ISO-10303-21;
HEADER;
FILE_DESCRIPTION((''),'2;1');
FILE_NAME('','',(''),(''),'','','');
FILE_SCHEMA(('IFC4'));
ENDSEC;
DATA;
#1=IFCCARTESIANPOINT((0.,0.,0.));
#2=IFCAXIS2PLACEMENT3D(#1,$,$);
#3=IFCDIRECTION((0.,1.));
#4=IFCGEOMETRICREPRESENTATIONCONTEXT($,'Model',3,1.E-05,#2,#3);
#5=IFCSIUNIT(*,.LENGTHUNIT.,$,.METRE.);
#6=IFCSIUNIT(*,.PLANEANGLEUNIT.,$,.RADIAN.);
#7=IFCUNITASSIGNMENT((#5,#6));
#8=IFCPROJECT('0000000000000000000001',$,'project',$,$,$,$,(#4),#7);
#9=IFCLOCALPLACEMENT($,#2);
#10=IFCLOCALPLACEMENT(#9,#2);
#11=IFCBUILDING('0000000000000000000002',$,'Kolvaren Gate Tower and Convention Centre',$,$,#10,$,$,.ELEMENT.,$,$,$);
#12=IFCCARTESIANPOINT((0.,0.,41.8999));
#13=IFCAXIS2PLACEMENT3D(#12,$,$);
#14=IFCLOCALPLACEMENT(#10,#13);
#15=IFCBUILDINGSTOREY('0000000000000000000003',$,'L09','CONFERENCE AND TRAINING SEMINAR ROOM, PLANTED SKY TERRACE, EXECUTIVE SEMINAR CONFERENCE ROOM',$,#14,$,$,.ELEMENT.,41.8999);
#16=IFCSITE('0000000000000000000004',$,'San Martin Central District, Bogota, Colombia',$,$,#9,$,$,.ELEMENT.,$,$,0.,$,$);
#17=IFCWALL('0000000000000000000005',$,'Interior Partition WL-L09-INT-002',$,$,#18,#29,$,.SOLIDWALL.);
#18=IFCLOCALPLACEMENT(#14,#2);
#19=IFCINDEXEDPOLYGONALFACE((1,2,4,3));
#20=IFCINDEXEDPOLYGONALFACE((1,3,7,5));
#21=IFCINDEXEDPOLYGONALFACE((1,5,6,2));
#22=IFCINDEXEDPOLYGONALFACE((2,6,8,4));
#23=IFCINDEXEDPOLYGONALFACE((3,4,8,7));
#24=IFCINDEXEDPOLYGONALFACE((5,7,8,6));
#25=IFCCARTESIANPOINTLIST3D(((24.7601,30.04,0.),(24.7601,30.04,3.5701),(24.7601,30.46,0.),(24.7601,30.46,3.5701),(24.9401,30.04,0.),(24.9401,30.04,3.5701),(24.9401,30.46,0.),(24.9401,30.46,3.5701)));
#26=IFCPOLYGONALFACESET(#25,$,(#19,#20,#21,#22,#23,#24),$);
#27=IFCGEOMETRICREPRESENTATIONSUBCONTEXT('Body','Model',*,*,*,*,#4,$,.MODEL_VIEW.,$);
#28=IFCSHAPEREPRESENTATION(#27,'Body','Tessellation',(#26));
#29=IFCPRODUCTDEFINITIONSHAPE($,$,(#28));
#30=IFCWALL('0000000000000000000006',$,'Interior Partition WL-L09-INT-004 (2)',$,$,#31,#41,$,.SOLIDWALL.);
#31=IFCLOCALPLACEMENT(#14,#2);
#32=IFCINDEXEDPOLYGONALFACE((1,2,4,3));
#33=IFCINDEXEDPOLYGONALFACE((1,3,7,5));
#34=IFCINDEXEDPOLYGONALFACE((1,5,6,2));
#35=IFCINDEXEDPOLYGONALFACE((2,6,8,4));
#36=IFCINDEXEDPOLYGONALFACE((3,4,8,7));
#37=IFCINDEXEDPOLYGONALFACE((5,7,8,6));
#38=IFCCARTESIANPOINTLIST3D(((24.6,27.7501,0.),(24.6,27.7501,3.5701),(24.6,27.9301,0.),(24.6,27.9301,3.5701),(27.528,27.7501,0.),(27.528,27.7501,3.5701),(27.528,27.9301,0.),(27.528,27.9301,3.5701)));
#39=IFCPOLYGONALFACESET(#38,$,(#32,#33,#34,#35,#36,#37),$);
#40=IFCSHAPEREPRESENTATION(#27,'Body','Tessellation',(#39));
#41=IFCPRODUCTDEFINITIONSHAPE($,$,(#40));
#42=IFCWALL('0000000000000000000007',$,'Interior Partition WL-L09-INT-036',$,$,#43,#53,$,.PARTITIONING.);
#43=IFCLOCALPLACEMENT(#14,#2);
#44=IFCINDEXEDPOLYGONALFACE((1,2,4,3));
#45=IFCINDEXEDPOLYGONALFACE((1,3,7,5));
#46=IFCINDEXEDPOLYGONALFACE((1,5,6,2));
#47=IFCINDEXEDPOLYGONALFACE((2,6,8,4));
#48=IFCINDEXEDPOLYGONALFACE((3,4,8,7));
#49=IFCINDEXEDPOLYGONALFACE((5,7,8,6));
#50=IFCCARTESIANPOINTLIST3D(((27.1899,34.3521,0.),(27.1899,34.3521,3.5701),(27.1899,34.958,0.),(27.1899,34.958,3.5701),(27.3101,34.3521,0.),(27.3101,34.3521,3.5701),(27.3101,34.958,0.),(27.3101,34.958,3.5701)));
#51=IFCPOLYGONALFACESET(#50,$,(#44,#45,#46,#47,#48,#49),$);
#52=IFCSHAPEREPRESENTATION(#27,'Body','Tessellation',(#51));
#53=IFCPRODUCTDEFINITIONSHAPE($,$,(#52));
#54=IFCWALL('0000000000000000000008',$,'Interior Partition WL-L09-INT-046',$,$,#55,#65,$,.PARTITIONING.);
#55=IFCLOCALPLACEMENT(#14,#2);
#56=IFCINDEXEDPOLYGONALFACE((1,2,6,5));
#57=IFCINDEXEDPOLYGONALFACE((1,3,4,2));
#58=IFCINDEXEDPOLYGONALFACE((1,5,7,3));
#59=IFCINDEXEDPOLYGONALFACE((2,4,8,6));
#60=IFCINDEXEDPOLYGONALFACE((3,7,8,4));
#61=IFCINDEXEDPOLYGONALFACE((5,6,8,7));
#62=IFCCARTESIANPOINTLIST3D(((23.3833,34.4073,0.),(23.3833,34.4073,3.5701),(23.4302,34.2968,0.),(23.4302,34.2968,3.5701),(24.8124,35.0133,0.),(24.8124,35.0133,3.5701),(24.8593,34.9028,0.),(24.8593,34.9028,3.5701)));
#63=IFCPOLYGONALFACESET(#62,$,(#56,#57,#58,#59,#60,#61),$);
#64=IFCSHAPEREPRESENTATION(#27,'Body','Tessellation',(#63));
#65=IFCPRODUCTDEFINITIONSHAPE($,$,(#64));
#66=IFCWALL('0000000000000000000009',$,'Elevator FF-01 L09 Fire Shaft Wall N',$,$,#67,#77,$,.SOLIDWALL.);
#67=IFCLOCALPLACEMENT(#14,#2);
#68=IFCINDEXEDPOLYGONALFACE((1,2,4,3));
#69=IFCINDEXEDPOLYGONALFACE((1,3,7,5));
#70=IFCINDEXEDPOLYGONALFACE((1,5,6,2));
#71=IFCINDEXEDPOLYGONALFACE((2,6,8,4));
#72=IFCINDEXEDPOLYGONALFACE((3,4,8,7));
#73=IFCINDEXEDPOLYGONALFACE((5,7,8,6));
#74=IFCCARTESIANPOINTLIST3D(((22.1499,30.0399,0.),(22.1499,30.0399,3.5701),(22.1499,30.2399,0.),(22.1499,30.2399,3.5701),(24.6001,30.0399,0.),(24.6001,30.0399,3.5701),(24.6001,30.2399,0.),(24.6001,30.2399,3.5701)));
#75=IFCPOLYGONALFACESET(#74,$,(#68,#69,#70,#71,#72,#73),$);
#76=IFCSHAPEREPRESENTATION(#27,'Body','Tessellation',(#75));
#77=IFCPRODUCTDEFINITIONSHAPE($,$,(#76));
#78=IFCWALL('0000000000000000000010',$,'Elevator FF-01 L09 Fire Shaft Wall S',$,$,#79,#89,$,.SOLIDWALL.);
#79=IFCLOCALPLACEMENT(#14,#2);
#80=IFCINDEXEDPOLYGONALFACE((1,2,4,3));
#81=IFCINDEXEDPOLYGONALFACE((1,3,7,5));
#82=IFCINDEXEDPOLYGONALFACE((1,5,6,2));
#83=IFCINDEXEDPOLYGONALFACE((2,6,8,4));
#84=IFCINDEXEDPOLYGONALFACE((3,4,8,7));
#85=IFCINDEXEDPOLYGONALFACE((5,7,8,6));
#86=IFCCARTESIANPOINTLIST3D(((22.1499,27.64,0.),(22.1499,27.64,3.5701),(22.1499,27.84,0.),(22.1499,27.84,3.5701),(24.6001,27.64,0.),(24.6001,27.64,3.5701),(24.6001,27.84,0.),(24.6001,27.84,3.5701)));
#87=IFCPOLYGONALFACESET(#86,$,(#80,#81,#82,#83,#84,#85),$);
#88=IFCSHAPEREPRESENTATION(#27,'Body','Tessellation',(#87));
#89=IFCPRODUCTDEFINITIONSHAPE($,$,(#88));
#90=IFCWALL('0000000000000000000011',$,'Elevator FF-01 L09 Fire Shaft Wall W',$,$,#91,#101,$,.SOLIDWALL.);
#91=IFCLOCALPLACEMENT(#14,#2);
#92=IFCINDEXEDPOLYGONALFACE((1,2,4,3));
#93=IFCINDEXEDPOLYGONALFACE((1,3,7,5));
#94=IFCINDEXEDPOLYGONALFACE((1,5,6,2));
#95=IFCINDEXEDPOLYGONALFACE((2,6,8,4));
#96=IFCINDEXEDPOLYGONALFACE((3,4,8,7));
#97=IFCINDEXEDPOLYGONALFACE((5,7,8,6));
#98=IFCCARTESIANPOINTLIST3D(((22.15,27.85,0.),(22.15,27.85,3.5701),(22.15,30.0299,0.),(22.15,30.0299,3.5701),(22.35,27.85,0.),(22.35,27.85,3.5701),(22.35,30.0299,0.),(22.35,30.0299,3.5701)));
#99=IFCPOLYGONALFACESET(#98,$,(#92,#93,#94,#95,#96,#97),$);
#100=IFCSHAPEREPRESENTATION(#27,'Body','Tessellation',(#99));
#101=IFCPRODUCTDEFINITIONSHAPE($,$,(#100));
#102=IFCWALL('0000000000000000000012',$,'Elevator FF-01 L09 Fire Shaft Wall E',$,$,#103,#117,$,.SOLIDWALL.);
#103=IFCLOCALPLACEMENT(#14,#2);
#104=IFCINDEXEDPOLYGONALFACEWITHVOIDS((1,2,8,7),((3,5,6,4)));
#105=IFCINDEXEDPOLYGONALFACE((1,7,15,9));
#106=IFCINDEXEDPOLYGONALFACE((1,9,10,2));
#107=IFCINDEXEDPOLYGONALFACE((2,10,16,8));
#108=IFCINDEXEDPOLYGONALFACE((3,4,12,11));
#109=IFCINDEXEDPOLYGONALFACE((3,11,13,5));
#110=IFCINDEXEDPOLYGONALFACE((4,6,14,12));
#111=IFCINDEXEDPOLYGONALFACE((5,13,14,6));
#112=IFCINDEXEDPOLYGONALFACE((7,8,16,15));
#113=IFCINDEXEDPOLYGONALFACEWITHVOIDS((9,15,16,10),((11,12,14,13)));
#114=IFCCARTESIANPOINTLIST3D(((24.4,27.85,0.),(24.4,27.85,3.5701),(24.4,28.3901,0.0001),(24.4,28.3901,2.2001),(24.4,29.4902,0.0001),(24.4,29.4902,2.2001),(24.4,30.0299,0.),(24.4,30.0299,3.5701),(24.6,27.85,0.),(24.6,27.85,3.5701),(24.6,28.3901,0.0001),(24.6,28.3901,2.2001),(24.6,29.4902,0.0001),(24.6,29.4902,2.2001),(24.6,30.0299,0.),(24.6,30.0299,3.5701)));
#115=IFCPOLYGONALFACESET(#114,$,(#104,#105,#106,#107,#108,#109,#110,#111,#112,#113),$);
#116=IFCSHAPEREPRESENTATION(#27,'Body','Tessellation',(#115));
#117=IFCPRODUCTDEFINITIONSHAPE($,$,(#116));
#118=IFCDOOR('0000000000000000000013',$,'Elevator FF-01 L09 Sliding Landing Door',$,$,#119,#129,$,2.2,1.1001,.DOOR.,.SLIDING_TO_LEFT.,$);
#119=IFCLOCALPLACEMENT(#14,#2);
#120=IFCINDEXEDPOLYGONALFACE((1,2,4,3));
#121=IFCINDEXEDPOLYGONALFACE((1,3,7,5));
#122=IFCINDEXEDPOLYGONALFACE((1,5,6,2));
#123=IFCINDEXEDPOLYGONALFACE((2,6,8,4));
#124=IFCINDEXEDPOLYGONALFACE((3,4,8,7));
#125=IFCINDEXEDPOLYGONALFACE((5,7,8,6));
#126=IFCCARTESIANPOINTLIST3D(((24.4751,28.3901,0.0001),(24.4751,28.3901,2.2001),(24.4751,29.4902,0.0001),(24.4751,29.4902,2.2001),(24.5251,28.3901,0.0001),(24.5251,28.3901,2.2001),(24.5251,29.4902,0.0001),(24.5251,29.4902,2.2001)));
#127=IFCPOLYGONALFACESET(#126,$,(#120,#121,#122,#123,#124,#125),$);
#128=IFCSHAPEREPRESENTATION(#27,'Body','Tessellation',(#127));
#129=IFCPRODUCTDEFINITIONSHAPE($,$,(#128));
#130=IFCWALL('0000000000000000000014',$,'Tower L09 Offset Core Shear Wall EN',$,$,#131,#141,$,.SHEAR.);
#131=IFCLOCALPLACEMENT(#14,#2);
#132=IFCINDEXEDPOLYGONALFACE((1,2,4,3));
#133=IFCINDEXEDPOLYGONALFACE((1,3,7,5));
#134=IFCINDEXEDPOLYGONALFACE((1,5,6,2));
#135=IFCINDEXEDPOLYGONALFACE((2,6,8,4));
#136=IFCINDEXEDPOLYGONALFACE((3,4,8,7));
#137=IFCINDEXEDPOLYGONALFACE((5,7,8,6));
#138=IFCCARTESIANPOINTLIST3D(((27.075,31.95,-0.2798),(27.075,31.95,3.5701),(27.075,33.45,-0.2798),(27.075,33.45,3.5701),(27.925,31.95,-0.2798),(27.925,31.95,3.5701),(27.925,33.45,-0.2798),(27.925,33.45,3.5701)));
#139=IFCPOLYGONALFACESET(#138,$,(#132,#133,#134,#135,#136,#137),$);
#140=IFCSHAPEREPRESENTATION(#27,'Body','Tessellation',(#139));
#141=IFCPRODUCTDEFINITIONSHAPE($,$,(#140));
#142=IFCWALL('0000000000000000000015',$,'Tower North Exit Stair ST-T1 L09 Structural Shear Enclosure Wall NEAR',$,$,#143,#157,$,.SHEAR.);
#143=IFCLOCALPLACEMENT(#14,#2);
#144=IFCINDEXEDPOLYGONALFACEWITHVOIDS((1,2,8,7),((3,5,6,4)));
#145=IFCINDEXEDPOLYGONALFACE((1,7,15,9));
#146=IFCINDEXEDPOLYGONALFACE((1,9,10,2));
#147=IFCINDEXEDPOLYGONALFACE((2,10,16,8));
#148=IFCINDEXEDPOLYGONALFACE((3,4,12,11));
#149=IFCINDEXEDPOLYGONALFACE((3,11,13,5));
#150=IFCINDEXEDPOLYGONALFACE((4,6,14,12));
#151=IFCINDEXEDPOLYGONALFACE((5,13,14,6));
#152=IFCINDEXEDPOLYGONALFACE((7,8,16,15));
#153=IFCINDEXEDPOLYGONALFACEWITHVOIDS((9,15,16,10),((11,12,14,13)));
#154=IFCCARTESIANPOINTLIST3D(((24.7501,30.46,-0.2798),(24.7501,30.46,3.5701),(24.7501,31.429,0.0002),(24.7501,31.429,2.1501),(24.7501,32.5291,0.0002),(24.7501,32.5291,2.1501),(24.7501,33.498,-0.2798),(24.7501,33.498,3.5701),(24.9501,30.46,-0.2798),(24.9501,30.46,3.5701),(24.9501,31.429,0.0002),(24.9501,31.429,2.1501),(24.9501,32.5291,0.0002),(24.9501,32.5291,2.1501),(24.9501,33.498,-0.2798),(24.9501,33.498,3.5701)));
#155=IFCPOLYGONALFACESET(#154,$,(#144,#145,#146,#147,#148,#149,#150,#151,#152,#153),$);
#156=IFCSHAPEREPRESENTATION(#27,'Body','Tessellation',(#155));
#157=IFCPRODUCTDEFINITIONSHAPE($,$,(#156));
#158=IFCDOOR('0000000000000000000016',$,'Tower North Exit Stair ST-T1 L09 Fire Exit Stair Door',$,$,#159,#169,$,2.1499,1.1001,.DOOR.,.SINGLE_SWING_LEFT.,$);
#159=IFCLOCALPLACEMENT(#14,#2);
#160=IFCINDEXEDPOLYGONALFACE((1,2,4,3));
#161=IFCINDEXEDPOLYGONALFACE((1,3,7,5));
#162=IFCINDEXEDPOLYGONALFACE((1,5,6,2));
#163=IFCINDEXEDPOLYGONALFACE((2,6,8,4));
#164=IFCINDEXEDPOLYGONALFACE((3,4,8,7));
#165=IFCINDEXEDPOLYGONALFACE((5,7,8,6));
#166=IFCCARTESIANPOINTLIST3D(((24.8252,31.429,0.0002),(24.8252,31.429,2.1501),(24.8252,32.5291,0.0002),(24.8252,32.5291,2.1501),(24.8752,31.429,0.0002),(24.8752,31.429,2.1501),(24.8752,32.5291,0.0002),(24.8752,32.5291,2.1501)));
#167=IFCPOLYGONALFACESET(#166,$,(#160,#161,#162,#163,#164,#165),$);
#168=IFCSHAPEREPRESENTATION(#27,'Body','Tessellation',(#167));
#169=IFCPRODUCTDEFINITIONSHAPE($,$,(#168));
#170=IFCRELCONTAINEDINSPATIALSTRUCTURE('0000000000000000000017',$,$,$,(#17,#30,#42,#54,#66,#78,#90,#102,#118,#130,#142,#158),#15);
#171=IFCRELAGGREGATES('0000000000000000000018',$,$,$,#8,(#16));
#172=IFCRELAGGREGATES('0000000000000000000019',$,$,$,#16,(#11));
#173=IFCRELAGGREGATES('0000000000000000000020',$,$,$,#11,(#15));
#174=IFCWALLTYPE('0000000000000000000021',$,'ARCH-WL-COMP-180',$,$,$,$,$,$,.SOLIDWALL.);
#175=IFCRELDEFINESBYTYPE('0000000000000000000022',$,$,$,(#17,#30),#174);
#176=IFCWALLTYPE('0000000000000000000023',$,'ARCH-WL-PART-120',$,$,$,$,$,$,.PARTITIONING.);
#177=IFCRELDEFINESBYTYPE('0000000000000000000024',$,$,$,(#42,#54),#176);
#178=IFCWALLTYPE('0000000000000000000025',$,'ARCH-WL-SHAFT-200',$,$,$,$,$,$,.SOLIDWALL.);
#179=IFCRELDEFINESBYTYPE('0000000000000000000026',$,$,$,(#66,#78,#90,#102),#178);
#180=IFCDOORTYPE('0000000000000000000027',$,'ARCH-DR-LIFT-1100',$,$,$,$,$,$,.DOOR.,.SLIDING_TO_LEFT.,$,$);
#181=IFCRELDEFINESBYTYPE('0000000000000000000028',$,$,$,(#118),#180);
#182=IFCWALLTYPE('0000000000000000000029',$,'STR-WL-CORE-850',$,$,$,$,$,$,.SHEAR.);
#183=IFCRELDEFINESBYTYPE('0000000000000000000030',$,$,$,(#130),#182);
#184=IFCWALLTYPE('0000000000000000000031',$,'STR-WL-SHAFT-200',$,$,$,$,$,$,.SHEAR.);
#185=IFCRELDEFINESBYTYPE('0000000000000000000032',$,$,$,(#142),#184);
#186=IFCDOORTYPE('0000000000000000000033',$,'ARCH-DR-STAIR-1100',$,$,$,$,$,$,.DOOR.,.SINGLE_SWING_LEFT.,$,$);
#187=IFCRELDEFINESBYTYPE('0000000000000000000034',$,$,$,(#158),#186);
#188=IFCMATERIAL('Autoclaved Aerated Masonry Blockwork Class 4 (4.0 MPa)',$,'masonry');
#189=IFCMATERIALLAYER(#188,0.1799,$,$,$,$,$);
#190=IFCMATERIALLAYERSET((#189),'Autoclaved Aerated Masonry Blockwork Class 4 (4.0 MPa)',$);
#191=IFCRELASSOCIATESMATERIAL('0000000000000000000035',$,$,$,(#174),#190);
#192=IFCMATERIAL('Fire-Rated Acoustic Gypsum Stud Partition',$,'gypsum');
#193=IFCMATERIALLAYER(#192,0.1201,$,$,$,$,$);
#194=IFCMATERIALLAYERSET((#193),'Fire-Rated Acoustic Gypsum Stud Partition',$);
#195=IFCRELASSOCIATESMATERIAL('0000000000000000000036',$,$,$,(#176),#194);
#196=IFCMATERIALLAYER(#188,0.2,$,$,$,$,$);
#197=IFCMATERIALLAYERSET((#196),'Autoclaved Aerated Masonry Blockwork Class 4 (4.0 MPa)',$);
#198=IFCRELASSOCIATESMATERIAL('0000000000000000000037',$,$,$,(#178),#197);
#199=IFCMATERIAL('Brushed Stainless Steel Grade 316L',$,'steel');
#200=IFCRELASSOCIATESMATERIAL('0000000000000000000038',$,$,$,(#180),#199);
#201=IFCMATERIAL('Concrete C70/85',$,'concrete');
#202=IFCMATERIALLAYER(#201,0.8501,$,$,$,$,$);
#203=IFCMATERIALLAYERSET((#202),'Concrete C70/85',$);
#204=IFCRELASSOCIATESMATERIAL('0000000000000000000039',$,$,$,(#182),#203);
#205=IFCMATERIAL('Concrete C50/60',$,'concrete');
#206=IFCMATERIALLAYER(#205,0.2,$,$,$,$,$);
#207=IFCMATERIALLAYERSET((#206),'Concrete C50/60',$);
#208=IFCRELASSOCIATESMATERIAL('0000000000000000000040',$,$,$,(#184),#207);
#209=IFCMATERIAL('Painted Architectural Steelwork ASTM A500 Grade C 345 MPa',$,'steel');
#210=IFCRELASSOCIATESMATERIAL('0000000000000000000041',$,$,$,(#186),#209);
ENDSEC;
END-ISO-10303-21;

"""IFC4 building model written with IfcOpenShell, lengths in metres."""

from ifc_helpers import new_model, si_unit, direction, frame, frame_2d, origin, place, context, subcontext, project, spatial, rectangle, extrude, material, layer, layer_set, type_object, element, fill, save


model = new_model("IFC4")

# Units and contexts
model_context = context("Model", 3, precision=1e-05, world=origin(), true_north=direction((0.0, 1.0)))
body_context = subcontext(model_context, "Body", "Model", "MODEL_VIEW")
ifc_project = project(units=[si_unit("LENGTHUNIT", "METRE"), si_unit("PLANEANGLEUNIT", "RADIAN")], contexts=[model_context])

# Site, building, storey
site_placement = place(None, origin())
site = spatial("IfcSite", under=ifc_project, at=site_placement, Name="San Martin Central District, Bogota, Colombia", CompositionType="ELEMENT", RefElevation=0.0)
building_placement = place(site_placement, origin())
building = spatial("IfcBuilding", under=site, at=building_placement, Name="Kolvaren Gate Tower and Convention Centre", CompositionType="ELEMENT")
storey_placement = place(building_placement, frame((0.0, 0.0, 41.8999)))
storey = spatial("IfcBuildingStorey", under=building, at=storey_placement, Name="L09", Description="CONFERENCE AND TRAINING SEMINAR ROOM, PLANTED SKY TERRACE, EXECUTIVE SEMINAR CONFERENCE ROOM", CompositionType="ELEMENT", Elevation=41.8999)

# Walls
ifc_material_1 = material(Name="Autoclaved Aerated Masonry Blockwork Class 4 (4.0 MPa)", Category="masonry")
ifc_layer_1 = layer(ifc_material_1, 0.1799)
ifc_layer_set_1 = layer_set([ifc_layer_1], Name="Autoclaved Aerated Masonry Blockwork Class 4 (4.0 MPa)")
wall_type_1 = type_object("IfcWallType", Name="ARCH-WL-COMP-180", PredefinedType="SOLIDWALL", material=ifc_layer_set_1)
wall_1_placement = place(storey_placement, frame((24.8501, 30.04, 0.0), z_axis=(0.0, 0.0, 1.0), x_axis=(0.0, 1.0, 0.0)))
element("IfcWall", 1, at=wall_1_placement, inside=storey, type_object=wall_type_1, Name="Interior Partition WL-L09-INT-002", PredefinedType="SOLIDWALL", context=body_context, shape_type="SweptSolid", body=[
    extrude(rectangle(XDim=0.4199, YDim=0.1799, at=frame_2d((0.21, 0.0))), origin(), (0.0, 0.0, 1.0), 3.5701),
])
wall_2_placement = place(storey_placement, frame((24.6001, 27.8401, 0.0), z_axis=(0.0, 0.0, 1.0), x_axis=(1.0, 0.0, 0.0)))
element("IfcWall", 2, at=wall_2_placement, inside=storey, type_object=wall_type_1, Name="Interior Partition WL-L09-INT-004 (2)", PredefinedType="SOLIDWALL", context=body_context, shape_type="SweptSolid", body=[
    extrude(rectangle(XDim=2.928, YDim=0.1799, at=frame_2d((1.4639, 0.0))), origin(), (0.0, 0.0, 1.0), 3.5701),
])
ifc_material_2 = material(Name="Fire-Rated Acoustic Gypsum Stud Partition", Category="gypsum")
ifc_layer_2 = layer(ifc_material_2, 0.1201)
ifc_layer_set_2 = layer_set([ifc_layer_2], Name="Fire-Rated Acoustic Gypsum Stud Partition")
wall_type_2 = type_object("IfcWallType", Name="ARCH-WL-PART-120", PredefinedType="PARTITIONING", material=ifc_layer_set_2)
wall_3_placement = place(storey_placement, frame((27.25, 34.3521, 0.0), z_axis=(0.0, 0.0, 1.0), x_axis=(0.0, 1.0, 0.0)))
element("IfcWall", 3, at=wall_3_placement, inside=storey, type_object=wall_type_2, Name="Interior Partition WL-L09-INT-036", PredefinedType="PARTITIONING", context=body_context, shape_type="SweptSolid", body=[
    extrude(rectangle(XDim=0.606, YDim=0.1201, at=frame_2d((0.303, 0.0))), origin(), (0.0, 0.0, 1.0), 3.5701),
])
wall_4_placement = place(storey_placement, frame((23.4067, 34.3521, 0.0), z_axis=(0.0, 0.0, 1.0), x_axis=(0.920643, 0.390404, 0.0)))
element("IfcWall", 4, at=wall_4_placement, inside=storey, type_object=wall_type_2, Name="Interior Partition WL-L09-INT-046", PredefinedType="PARTITIONING", context=body_context, shape_type="SweptSolid", body=[
    extrude(rectangle(XDim=1.5522, YDim=0.1201, at=frame_2d((0.7761, 0.0))), origin(), (0.0, 0.0, 1.0), 3.5701),
])
ifc_layer_3 = layer(ifc_material_1, 0.2)
ifc_layer_set_3 = layer_set([ifc_layer_3], Name="Autoclaved Aerated Masonry Blockwork Class 4 (4.0 MPa)")
wall_type_3 = type_object("IfcWallType", Name="ARCH-WL-SHAFT-200", PredefinedType="SOLIDWALL", material=ifc_layer_set_3)
for number, where, z_axis, x_axis, name in (
    (5, (22.1499, 30.1399, 0.0), (0.0, 0.0, 1.0), (1.0, 0.0, 0.0), "Elevator FF-01 L09 Fire Shaft Wall N"),
    (6, (22.1499, 27.74, 0.0), (0.0, 0.0, 1.0), (1.0, 0.0, 0.0), "Elevator FF-01 L09 Fire Shaft Wall S"),
):
    element("IfcWall", number, at=place(storey_placement, frame(where, z_axis=z_axis, x_axis=x_axis)), inside=storey, type_object=wall_type_3, Name=name, PredefinedType="SOLIDWALL", context=body_context, shape_type="SweptSolid", body=[
        extrude(rectangle(XDim=2.4502, YDim=0.2, at=frame_2d((1.2251, 0.0))), origin(), (0.0, 0.0, 1.0), 3.5701),
    ])
wall_5_placement = place(storey_placement, frame((22.25, 27.8501, 0.0), z_axis=(0.0, 0.0, 1.0), x_axis=(0.0, 1.0, 0.0)))
element("IfcWall", 7, at=wall_5_placement, inside=storey, type_object=wall_type_3, Name="Elevator FF-01 L09 Fire Shaft Wall W", PredefinedType="SOLIDWALL", context=body_context, shape_type="SweptSolid", body=[
    extrude(rectangle(XDim=2.1799, YDim=0.2, at=frame_2d((1.0898, 0.0))), origin(), (0.0, 0.0, 1.0), 3.5701),
])

# Wall, opening, door
wall_6_placement = place(storey_placement, frame((24.5, 27.8501, 0.0), z_axis=(0.0, 0.0, 1.0), x_axis=(0.0, 1.0, 0.0)))
wall_6 = element("IfcWall", 8, at=wall_6_placement, inside=storey, type_object=wall_type_3, Name="Elevator FF-01 L09 Fire Shaft Wall E", PredefinedType="SOLIDWALL", context=body_context, shape_type="SweptSolid", body=[
    extrude(rectangle(XDim=2.1799, YDim=0.2, at=frame_2d((1.0898, 0.0))), origin(), (0.0, 0.0, 1.0), 3.5701),
])
opening_1_placement = place(wall_6_placement, frame((0.54, 0.0, 0.0)))
opening_1 = element("IfcOpeningElement", 9, at=opening_1_placement, cuts=wall_6, PredefinedType="OPENING", context=body_context, shape_type="SweptSolid", body=[
    extrude(rectangle(XDim=1.1001, YDim=2.2, at=frame_2d((0.55, 1.1001))), frame((0.0, 0.1099, 0.0), z_axis=(0.0, -1.0, 0.0), x_axis=(1.0, 0.0, 0.0)), (0.0, 0.0, 1.0), 0.22),
])
ifc_material_3 = material(Name="Brushed Stainless Steel Grade 316L", Category="steel")
door_type_1 = type_object("IfcDoorType", Name="ARCH-DR-LIFT-1100", OperationType="SLIDING_TO_LEFT", PredefinedType="DOOR", material=ifc_material_3)
door_1_placement = place(opening_1_placement, origin())
door_1 = element("IfcDoor", 10, at=door_1_placement, inside=storey, type_object=door_type_1, Name="Elevator FF-01 L09 Sliding Landing Door", OperationType="SLIDING_TO_LEFT", OverallHeight=2.2, OverallWidth=1.1001, PredefinedType="DOOR", context=body_context, shape_type="SweptSolid", body=[
    extrude(rectangle(XDim=1.1001, YDim=2.2, at=frame_2d((0.55, 1.1001))), frame((0.0, 0.0249, 0.0), z_axis=(0.0, -1.0, 0.0), x_axis=(1.0, 0.0, 0.0)), (0.0, 0.0, 1.0), 0.05),
])
fill(opening_1, door_1)

# Wall
ifc_material_4 = material(Name="Concrete C70/85", Category="concrete")
ifc_layer_4 = layer(ifc_material_4, 0.8501)
ifc_layer_set_4 = layer_set([ifc_layer_4], Name="Concrete C70/85")
wall_type_4 = type_object("IfcWallType", Name="STR-WL-CORE-850", PredefinedType="SHEAR", material=ifc_layer_set_4)
wall_7_placement = place(storey_placement, frame((27.5, 31.95, -0.2798), z_axis=(0.0, 0.0, 1.0), x_axis=(0.0, 1.0, 0.0)))
element("IfcWall", 11, at=wall_7_placement, inside=storey, type_object=wall_type_4, Name="Tower L09 Offset Core Shear Wall EN", PredefinedType="SHEAR", context=body_context, shape_type="SweptSolid", body=[
    extrude(rectangle(XDim=1.5, YDim=0.8501, at=frame_2d((0.75, 0.0))), origin(), (0.0, 0.0, 1.0), 3.8499),
])

# Wall, opening, door
ifc_material_5 = material(Name="Concrete C50/60", Category="concrete")
ifc_layer_5 = layer(ifc_material_5, 0.2)
ifc_layer_set_5 = layer_set([ifc_layer_5], Name="Concrete C50/60")
wall_type_5 = type_object("IfcWallType", Name="STR-WL-SHAFT-200", PredefinedType="SHEAR", material=ifc_layer_set_5)
wall_8_placement = place(storey_placement, frame((24.8501, 30.46, -0.2798), z_axis=(0.0, 0.0, 1.0), x_axis=(0.0, 1.0, 0.0)))
wall_8 = element("IfcWall", 12, at=wall_8_placement, inside=storey, type_object=wall_type_5, Name="Tower North Exit Stair ST-T1 L09 Structural Shear Enclosure Wall NEAR", PredefinedType="SHEAR", context=body_context, shape_type="SweptSolid", body=[
    extrude(rectangle(XDim=3.0381, YDim=0.2, at=frame_2d((1.519, 0.0))), origin(), (0.0, 0.0, 1.0), 3.8499),
])
opening_2_placement = place(wall_8_placement, frame((0.969, 0.0, 0.28)))
opening_2 = element("IfcOpeningElement", 13, at=opening_2_placement, cuts=wall_8, PredefinedType="OPENING", context=body_context, shape_type="SweptSolid", body=[
    extrude(rectangle(XDim=1.1001, YDim=2.1499, at=frame_2d((0.55, 1.075))), frame((0.0, 0.1099, 0.0), z_axis=(0.0, -1.0, 0.0), x_axis=(1.0, 0.0, 0.0)), (0.0, 0.0, 1.0), 0.22),
])
ifc_material_6 = material(Name="Painted Architectural Steelwork ASTM A500 Grade C 345 MPa", Category="steel")
door_type_2 = type_object("IfcDoorType", Name="ARCH-DR-STAIR-1100", OperationType="SINGLE_SWING_LEFT", PredefinedType="DOOR", material=ifc_material_6)
door_2_placement = place(opening_2_placement, origin())
door_2 = element("IfcDoor", 14, at=door_2_placement, inside=storey, type_object=door_type_2, Name="Tower North Exit Stair ST-T1 L09 Fire Exit Stair Door", OperationType="SINGLE_SWING_LEFT", OverallHeight=2.1499, OverallWidth=1.1001, PredefinedType="DOOR", context=body_context, shape_type="SweptSolid", body=[
    extrude(rectangle(XDim=1.1001, YDim=2.1499, at=frame_2d((0.55, 1.075))), frame((0.0, 0.0249, 0.0), z_axis=(0.0, -1.0, 0.0), x_axis=(1.0, 0.0, 0.0)), (0.0, 0.0, 1.0), 0.05),
])
fill(opening_2, door_2)

save(model, "model.ifc")
